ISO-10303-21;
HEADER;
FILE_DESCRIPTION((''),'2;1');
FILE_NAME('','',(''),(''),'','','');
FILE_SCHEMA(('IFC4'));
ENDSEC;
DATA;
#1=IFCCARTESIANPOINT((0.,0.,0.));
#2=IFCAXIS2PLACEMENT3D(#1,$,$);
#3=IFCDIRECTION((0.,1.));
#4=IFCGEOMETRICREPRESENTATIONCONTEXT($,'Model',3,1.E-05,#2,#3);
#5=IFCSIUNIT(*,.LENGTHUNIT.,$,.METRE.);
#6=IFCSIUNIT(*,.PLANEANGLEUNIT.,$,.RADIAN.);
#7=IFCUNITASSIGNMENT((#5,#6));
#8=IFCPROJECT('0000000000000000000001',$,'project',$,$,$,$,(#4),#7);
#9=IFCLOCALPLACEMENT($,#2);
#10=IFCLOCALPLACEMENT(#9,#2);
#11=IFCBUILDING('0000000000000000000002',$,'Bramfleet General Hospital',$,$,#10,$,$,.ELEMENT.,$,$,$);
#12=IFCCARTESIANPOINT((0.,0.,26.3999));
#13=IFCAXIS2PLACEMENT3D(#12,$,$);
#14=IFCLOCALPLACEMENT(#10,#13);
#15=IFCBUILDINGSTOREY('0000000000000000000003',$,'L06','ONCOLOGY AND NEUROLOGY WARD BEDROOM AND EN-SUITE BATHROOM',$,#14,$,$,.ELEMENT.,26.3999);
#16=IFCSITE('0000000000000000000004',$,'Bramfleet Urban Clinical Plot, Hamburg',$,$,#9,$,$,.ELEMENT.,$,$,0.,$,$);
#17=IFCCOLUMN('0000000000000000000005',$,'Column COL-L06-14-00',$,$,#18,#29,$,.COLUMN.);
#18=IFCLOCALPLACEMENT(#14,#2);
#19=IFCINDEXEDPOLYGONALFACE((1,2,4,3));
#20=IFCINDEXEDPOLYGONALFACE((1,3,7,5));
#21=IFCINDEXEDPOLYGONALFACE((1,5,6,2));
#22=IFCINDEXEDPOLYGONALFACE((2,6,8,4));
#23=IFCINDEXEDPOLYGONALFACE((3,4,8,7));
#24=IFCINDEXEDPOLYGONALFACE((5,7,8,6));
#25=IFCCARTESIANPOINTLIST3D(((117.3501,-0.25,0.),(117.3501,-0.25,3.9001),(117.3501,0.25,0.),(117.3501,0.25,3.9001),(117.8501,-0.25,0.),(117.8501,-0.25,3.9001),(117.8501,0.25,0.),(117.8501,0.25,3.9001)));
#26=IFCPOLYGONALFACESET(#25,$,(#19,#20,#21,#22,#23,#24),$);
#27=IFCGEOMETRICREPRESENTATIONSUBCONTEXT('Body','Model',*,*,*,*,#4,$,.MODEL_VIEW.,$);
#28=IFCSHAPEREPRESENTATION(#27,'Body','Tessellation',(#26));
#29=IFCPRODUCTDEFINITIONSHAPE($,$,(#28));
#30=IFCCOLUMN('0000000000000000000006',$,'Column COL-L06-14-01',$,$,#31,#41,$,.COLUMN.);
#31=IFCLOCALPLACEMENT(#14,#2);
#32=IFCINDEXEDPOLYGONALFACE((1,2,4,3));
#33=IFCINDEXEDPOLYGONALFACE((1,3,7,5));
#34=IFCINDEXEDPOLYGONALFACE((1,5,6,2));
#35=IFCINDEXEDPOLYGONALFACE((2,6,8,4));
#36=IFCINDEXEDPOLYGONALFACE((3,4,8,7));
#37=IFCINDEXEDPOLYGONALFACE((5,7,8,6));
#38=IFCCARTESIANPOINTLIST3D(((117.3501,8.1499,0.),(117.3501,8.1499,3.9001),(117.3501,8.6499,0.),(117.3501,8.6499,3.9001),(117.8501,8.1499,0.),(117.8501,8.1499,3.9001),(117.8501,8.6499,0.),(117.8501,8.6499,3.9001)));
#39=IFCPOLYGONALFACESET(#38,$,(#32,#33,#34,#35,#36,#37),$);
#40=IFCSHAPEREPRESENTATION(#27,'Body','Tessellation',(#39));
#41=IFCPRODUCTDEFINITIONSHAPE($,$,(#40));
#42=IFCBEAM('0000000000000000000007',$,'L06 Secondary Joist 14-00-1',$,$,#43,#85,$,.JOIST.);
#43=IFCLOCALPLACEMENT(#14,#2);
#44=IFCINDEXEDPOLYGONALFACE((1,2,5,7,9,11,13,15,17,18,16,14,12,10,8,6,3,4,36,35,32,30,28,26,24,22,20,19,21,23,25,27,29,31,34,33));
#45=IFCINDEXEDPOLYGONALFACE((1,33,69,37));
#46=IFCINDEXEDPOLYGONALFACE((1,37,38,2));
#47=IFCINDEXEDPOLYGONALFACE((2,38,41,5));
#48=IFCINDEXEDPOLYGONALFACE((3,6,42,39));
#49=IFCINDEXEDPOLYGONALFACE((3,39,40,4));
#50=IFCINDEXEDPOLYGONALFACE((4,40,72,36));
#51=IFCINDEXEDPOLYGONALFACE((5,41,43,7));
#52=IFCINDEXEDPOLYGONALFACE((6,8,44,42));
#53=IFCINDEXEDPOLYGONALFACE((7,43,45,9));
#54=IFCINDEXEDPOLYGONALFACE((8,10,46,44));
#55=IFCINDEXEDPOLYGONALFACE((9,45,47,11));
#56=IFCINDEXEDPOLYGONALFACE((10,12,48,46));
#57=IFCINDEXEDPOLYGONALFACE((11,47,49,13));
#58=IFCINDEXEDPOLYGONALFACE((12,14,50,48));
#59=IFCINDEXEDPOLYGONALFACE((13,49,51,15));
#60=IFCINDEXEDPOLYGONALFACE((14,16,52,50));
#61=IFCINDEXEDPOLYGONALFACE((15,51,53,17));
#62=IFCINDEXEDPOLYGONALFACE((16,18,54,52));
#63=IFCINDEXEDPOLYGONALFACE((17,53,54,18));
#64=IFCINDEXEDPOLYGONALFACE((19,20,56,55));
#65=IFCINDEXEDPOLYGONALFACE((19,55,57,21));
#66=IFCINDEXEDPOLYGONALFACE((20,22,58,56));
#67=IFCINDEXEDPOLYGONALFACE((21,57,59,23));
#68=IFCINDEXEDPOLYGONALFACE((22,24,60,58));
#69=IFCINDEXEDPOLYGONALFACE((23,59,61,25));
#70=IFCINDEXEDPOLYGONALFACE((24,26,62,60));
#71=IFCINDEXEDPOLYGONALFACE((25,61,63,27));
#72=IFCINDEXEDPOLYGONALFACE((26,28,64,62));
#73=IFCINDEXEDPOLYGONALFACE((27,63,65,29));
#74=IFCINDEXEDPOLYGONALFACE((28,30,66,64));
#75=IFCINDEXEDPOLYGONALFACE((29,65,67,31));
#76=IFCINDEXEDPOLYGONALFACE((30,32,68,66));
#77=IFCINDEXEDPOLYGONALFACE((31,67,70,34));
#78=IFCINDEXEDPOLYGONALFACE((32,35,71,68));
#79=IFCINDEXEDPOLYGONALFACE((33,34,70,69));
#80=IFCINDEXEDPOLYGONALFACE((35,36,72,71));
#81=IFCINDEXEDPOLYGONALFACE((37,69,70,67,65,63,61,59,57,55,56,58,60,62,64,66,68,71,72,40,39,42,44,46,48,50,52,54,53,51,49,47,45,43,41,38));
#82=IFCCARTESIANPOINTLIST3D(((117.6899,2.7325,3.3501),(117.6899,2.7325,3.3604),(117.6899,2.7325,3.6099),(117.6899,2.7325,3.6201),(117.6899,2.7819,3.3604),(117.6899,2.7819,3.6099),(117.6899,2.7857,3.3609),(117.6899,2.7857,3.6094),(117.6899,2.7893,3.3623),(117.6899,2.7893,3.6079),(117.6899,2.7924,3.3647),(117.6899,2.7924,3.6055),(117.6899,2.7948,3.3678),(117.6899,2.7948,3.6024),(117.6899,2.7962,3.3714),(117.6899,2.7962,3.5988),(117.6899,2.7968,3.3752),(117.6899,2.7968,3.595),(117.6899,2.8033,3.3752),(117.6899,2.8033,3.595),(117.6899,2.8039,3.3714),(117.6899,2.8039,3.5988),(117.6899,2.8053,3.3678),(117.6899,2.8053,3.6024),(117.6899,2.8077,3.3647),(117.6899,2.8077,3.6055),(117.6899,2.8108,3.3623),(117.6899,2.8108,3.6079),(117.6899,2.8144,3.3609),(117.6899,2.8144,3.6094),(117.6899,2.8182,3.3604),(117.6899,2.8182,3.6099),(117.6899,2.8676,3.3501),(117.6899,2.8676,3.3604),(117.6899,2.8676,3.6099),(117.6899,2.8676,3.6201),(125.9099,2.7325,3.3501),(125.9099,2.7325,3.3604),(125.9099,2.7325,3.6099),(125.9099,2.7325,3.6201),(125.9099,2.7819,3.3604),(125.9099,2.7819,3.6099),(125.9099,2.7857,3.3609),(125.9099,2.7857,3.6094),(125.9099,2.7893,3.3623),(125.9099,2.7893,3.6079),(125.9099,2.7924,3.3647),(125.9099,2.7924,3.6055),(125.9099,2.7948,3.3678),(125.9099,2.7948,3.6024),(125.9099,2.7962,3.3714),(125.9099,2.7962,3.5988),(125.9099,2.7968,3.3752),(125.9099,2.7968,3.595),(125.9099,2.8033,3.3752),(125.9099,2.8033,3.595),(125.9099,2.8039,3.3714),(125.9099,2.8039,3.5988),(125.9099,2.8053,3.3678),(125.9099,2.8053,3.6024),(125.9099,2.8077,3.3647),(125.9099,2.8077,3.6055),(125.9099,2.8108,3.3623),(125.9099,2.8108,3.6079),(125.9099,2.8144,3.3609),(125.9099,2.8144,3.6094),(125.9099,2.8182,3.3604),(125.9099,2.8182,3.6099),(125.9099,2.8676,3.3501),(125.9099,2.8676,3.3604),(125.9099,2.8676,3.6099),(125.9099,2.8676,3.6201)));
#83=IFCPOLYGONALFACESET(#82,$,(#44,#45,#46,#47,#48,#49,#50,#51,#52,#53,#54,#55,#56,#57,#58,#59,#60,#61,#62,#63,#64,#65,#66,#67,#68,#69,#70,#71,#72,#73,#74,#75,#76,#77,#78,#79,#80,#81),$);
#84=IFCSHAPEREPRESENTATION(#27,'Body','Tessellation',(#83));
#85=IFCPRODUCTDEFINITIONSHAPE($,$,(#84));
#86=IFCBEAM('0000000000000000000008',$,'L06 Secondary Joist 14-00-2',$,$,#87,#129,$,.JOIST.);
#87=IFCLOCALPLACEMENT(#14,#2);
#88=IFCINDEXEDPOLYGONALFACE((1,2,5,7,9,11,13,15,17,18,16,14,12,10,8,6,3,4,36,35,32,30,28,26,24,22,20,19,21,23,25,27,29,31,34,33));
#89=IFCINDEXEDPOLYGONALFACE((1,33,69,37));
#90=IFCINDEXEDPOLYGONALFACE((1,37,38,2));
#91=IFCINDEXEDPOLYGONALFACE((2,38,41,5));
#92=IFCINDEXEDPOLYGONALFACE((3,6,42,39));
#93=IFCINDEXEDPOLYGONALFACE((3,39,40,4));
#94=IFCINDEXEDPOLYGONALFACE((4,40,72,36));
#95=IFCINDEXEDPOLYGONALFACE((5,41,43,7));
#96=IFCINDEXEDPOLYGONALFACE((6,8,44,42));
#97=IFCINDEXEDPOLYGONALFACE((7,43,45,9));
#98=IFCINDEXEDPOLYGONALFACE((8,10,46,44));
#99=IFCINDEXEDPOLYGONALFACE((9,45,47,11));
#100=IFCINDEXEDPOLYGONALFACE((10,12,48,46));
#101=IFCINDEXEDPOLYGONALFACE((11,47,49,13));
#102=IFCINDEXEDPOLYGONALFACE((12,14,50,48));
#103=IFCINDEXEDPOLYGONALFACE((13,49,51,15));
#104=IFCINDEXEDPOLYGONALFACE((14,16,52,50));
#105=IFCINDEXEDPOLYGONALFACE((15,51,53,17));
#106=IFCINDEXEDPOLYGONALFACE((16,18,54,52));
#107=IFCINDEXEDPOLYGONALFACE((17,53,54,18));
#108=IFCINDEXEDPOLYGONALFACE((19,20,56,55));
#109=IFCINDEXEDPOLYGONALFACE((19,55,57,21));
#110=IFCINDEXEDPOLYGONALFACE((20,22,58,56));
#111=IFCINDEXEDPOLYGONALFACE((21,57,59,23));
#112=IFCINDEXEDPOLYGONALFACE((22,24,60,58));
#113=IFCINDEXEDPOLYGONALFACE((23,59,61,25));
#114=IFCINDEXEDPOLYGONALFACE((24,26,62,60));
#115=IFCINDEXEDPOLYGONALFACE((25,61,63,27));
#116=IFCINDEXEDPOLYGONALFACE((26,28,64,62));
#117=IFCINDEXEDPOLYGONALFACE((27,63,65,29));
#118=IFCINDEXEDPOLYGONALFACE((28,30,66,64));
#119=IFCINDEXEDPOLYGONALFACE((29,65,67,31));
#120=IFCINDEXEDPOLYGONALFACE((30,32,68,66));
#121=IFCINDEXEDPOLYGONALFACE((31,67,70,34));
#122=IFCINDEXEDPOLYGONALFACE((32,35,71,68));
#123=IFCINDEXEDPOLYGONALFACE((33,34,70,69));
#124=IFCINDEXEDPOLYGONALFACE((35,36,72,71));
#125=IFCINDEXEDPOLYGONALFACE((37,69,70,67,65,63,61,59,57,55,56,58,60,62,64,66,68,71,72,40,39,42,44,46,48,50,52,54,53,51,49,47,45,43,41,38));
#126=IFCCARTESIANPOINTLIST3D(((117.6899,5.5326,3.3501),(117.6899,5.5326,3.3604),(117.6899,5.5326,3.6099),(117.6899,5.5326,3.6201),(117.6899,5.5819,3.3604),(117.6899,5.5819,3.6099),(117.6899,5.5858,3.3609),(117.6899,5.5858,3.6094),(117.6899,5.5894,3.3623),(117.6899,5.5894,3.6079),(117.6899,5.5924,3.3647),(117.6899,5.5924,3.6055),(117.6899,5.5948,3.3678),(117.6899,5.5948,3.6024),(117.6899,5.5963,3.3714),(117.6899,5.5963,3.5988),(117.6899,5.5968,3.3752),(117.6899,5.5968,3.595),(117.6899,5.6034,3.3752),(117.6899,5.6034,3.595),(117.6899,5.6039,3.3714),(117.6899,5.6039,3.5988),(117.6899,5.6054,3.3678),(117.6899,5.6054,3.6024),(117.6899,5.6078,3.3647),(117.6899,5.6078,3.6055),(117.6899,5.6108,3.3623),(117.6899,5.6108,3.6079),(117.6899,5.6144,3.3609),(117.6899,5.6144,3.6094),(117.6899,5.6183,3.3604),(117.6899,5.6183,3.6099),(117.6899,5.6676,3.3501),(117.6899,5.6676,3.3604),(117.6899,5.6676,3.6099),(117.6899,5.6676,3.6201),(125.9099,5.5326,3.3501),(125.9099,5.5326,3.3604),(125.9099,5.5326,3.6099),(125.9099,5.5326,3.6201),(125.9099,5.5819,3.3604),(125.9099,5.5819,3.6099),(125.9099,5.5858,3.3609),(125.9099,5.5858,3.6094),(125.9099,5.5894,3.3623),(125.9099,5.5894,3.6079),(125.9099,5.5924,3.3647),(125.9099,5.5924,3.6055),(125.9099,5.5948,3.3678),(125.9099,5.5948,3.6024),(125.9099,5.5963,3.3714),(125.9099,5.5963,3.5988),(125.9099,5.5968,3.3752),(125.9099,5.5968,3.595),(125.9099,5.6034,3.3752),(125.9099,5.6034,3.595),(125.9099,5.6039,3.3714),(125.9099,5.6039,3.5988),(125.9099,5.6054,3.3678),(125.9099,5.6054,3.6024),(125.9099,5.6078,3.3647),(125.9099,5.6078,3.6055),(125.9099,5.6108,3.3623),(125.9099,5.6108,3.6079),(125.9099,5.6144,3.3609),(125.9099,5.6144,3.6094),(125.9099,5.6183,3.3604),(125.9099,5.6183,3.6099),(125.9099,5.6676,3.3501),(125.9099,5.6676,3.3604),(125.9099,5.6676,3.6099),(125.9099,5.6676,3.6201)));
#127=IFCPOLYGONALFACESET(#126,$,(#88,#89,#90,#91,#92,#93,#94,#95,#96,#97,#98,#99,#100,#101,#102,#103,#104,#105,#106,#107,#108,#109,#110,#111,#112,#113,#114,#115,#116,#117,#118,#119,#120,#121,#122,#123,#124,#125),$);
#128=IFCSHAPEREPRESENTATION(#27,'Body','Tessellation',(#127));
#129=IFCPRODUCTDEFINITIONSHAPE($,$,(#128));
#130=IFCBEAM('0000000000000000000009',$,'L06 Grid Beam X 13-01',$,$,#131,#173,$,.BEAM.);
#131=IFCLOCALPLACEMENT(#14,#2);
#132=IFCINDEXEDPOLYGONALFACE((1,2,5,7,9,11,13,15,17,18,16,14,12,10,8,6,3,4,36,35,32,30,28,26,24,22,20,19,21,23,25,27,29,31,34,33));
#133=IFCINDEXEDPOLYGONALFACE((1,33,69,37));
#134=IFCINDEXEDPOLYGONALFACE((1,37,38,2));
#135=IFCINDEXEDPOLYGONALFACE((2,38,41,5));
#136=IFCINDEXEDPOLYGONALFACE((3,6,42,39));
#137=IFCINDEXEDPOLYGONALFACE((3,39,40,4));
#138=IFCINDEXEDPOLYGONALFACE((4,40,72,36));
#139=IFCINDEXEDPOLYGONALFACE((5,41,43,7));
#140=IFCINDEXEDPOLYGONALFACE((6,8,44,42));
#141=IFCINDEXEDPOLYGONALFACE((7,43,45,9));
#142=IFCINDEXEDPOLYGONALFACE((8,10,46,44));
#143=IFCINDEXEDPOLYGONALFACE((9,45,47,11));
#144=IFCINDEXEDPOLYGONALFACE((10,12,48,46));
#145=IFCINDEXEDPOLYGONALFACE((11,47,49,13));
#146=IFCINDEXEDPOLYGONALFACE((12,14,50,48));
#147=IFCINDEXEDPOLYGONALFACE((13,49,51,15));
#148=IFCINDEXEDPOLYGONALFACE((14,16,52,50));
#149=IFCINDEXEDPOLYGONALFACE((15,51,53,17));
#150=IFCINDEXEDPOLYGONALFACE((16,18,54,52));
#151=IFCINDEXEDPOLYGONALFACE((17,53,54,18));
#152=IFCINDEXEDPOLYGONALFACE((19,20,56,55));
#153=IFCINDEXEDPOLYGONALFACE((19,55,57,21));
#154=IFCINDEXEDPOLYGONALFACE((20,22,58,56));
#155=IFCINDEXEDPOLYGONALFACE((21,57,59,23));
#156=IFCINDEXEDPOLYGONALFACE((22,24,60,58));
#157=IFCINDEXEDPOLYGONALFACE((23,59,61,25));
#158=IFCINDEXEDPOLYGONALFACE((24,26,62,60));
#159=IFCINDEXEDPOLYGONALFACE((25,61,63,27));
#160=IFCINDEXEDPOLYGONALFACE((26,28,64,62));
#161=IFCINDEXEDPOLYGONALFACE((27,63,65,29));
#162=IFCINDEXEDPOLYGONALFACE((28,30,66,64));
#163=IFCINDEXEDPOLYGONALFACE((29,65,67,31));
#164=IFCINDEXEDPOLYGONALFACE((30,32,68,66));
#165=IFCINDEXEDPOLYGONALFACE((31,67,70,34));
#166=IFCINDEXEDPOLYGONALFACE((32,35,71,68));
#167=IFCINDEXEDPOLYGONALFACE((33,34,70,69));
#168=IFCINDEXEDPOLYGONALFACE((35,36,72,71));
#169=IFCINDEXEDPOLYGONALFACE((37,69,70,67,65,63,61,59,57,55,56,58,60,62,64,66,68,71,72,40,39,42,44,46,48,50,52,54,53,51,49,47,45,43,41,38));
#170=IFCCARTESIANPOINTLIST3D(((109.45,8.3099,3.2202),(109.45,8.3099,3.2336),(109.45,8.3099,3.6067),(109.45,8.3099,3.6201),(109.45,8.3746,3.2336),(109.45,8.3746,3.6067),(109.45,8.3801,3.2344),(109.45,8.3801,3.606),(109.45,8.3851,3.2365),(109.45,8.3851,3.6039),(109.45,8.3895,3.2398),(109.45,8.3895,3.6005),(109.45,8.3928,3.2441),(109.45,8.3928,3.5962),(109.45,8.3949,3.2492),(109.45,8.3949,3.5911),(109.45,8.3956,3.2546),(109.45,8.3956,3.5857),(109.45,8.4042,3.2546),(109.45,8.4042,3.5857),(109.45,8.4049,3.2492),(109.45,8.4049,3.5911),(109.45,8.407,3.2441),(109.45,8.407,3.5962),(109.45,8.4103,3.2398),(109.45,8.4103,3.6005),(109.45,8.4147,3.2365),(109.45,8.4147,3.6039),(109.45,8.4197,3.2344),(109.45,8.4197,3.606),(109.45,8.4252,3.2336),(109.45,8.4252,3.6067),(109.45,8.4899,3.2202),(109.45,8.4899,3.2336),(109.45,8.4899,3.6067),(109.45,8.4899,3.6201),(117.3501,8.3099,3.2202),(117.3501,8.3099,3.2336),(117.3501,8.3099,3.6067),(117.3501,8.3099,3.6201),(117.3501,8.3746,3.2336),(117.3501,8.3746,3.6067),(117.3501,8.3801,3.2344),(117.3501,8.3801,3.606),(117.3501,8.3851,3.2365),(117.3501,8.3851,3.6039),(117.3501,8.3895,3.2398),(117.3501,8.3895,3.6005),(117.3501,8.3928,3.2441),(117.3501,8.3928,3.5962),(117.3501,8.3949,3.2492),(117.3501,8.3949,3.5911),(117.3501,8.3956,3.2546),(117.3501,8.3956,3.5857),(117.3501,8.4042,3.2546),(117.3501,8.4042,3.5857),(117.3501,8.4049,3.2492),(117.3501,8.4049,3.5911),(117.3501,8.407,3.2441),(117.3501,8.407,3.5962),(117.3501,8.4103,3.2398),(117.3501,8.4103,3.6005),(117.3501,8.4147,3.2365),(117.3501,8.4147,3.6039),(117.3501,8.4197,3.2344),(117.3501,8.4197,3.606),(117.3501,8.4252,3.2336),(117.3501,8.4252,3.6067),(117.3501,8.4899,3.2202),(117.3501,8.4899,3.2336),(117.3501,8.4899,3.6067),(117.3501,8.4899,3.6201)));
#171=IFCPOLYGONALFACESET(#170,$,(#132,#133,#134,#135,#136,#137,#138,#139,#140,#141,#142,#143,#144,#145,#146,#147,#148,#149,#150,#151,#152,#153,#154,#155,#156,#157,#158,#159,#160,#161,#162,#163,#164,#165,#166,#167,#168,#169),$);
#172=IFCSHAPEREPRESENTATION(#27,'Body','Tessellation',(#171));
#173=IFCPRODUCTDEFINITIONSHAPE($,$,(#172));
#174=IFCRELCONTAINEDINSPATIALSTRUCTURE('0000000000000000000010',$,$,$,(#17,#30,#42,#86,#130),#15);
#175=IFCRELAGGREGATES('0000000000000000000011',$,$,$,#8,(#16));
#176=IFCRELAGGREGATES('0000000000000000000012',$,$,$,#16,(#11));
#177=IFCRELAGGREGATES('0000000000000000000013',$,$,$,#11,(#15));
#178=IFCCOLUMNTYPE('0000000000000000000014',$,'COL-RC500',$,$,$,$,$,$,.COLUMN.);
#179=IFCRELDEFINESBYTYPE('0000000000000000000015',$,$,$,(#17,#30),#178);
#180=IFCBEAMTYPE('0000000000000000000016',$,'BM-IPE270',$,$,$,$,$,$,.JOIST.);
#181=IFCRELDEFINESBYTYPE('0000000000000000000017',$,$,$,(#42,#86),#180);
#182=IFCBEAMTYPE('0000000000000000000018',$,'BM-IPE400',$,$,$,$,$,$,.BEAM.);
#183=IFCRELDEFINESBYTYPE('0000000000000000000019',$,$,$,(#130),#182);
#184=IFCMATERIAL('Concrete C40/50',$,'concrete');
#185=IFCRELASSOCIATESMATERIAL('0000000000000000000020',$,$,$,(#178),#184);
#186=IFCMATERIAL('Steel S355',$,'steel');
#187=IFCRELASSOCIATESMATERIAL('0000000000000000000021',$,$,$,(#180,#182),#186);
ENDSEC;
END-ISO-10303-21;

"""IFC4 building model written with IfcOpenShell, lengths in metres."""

from ifc_helpers import new_model, si_unit, direction, frame, origin, origin_2d, place, context, subcontext, project, spatial, rectangle, i_section, extrude, material, material_profile, profile_set, type_object, element, save


model = new_model("IFC4")

# Units and contexts
model_context = context("Model", 3, precision=1e-05, world=origin(), true_north=direction((0.0, 1.0)))
body_context = subcontext(model_context, "Body", "Model", "MODEL_VIEW")
ifc_project = project(units=[si_unit("LENGTHUNIT", "METRE"), si_unit("PLANEANGLEUNIT", "RADIAN")], contexts=[model_context])

# Site, building, storey
site_placement = place(None, origin())
site = spatial("IfcSite", under=ifc_project, at=site_placement, Name="Bramfleet Urban Clinical Plot, Hamburg", CompositionType="ELEMENT", RefElevation=0.0)
building_placement = place(site_placement, origin())
building = spatial("IfcBuilding", under=site, at=building_placement, Name="Bramfleet General Hospital", CompositionType="ELEMENT")
storey_placement = place(building_placement, frame((0.0, 0.0, 26.3999)))
storey = spatial("IfcBuildingStorey", under=building, at=storey_placement, Name="L06", Description="ONCOLOGY AND NEUROLOGY WARD BEDROOM AND EN-SUITE BATHROOM", CompositionType="ELEMENT", Elevation=26.3999)

# Columns
ifc_material_1 = material(Name="Concrete C40/50", Category="concrete")
ifc_material_profile_1 = material_profile(ifc_material_1, rectangle(XDim=0.5, YDim=0.5, at=origin_2d()), Name="RC COL 500x500")
ifc_profile_set_1 = profile_set([ifc_material_profile_1], Name="Concrete C40/50")
column_type = type_object("IfcColumnType", Name="COL-RC500", PredefinedType="COLUMN", material=ifc_profile_set_1)
for number, where, z_axis, x_axis, name in (
    (1, (117.6001, 0.0, 0.0), (0.0, 0.0, 1.0), (1.0, 0.0, 0.0), "Column COL-L06-14-00"),
    (2, (117.6001, 8.3999, 0.0), (0.0, 0.0, 1.0), (1.0, 0.0, 0.0), "Column COL-L06-14-01"),
):
    element("IfcColumn", number, at=place(storey_placement, frame(where, z_axis=z_axis, x_axis=x_axis)), inside=storey, type_object=column_type, Name=name, PredefinedType="COLUMN", context=body_context, shape_type="SweptSolid", body=[
        extrude(rectangle(XDim=0.5, YDim=0.5, at=origin_2d()), origin(), (0.0, 0.0, 1.0), 3.9001),
    ])

# Beams
ifc_material_2 = material(Name="Steel S355", Category="steel")
ifc_material_profile_2 = material_profile(ifc_material_2, i_section(OverallWidth=0.135, OverallDepth=0.27, WebThickness=0.0066, FlangeThickness=0.0103, FilletRadius=0.0149, at=origin_2d()), Name="IPE 270")
ifc_profile_set_2 = profile_set([ifc_material_profile_2], Name="Steel S355")
beam_type_1 = type_object("IfcBeamType", Name="BM-IPE270", PredefinedType="JOIST", material=ifc_profile_set_2)
for number, where, z_axis, x_axis, name in (
    (3, (117.6899, 2.8, 3.4851), (1.0, 0.0, 0.0), (0.0, 1.0, 0.0), "L06 Secondary Joist 14-00-1"),
    (4, (117.6899, 5.6001, 3.4851), (1.0, 0.0, 0.0), (0.0, 1.0, 0.0), "L06 Secondary Joist 14-00-2"),
):
    element("IfcBeam", number, at=place(storey_placement, frame(where, z_axis=z_axis, x_axis=x_axis)), inside=storey, type_object=beam_type_1, Name=name, PredefinedType="JOIST", context=body_context, shape_type="SweptSolid", body=[
        extrude(i_section(OverallWidth=0.135, OverallDepth=0.27, WebThickness=0.0066, FlangeThickness=0.0103, FilletRadius=0.0149, at=origin_2d()), origin(), (0.0, 0.0, 1.0), 8.22),
    ])
ifc_material_profile_3 = material_profile(ifc_material_2, i_section(OverallWidth=0.1799, OverallDepth=0.3999, WebThickness=0.0085, FlangeThickness=0.0134, FilletRadius=0.021, at=origin_2d()), Name="IPE 400")
ifc_profile_set_3 = profile_set([ifc_material_profile_3], Name="Steel S355")
beam_type_2 = type_object("IfcBeamType", Name="BM-IPE400", PredefinedType="BEAM", material=ifc_profile_set_3)
beam_1_placement = place(storey_placement, frame((109.45, 8.3999, 3.4202), z_axis=(1.0, 0.0, 0.0), x_axis=(0.0, 1.0, 0.0)))
element("IfcBeam", 5, at=beam_1_placement, inside=storey, type_object=beam_type_2, Name="L06 Grid Beam X 13-01", PredefinedType="BEAM", context=body_context, shape_type="SweptSolid", body=[
    extrude(i_section(OverallWidth=0.1799, OverallDepth=0.3999, WebThickness=0.0085, FlangeThickness=0.0134, FilletRadius=0.021, at=origin_2d()), origin(), (0.0, 0.0, 1.0), 7.9001),
])

save(model, "model.ifc")
